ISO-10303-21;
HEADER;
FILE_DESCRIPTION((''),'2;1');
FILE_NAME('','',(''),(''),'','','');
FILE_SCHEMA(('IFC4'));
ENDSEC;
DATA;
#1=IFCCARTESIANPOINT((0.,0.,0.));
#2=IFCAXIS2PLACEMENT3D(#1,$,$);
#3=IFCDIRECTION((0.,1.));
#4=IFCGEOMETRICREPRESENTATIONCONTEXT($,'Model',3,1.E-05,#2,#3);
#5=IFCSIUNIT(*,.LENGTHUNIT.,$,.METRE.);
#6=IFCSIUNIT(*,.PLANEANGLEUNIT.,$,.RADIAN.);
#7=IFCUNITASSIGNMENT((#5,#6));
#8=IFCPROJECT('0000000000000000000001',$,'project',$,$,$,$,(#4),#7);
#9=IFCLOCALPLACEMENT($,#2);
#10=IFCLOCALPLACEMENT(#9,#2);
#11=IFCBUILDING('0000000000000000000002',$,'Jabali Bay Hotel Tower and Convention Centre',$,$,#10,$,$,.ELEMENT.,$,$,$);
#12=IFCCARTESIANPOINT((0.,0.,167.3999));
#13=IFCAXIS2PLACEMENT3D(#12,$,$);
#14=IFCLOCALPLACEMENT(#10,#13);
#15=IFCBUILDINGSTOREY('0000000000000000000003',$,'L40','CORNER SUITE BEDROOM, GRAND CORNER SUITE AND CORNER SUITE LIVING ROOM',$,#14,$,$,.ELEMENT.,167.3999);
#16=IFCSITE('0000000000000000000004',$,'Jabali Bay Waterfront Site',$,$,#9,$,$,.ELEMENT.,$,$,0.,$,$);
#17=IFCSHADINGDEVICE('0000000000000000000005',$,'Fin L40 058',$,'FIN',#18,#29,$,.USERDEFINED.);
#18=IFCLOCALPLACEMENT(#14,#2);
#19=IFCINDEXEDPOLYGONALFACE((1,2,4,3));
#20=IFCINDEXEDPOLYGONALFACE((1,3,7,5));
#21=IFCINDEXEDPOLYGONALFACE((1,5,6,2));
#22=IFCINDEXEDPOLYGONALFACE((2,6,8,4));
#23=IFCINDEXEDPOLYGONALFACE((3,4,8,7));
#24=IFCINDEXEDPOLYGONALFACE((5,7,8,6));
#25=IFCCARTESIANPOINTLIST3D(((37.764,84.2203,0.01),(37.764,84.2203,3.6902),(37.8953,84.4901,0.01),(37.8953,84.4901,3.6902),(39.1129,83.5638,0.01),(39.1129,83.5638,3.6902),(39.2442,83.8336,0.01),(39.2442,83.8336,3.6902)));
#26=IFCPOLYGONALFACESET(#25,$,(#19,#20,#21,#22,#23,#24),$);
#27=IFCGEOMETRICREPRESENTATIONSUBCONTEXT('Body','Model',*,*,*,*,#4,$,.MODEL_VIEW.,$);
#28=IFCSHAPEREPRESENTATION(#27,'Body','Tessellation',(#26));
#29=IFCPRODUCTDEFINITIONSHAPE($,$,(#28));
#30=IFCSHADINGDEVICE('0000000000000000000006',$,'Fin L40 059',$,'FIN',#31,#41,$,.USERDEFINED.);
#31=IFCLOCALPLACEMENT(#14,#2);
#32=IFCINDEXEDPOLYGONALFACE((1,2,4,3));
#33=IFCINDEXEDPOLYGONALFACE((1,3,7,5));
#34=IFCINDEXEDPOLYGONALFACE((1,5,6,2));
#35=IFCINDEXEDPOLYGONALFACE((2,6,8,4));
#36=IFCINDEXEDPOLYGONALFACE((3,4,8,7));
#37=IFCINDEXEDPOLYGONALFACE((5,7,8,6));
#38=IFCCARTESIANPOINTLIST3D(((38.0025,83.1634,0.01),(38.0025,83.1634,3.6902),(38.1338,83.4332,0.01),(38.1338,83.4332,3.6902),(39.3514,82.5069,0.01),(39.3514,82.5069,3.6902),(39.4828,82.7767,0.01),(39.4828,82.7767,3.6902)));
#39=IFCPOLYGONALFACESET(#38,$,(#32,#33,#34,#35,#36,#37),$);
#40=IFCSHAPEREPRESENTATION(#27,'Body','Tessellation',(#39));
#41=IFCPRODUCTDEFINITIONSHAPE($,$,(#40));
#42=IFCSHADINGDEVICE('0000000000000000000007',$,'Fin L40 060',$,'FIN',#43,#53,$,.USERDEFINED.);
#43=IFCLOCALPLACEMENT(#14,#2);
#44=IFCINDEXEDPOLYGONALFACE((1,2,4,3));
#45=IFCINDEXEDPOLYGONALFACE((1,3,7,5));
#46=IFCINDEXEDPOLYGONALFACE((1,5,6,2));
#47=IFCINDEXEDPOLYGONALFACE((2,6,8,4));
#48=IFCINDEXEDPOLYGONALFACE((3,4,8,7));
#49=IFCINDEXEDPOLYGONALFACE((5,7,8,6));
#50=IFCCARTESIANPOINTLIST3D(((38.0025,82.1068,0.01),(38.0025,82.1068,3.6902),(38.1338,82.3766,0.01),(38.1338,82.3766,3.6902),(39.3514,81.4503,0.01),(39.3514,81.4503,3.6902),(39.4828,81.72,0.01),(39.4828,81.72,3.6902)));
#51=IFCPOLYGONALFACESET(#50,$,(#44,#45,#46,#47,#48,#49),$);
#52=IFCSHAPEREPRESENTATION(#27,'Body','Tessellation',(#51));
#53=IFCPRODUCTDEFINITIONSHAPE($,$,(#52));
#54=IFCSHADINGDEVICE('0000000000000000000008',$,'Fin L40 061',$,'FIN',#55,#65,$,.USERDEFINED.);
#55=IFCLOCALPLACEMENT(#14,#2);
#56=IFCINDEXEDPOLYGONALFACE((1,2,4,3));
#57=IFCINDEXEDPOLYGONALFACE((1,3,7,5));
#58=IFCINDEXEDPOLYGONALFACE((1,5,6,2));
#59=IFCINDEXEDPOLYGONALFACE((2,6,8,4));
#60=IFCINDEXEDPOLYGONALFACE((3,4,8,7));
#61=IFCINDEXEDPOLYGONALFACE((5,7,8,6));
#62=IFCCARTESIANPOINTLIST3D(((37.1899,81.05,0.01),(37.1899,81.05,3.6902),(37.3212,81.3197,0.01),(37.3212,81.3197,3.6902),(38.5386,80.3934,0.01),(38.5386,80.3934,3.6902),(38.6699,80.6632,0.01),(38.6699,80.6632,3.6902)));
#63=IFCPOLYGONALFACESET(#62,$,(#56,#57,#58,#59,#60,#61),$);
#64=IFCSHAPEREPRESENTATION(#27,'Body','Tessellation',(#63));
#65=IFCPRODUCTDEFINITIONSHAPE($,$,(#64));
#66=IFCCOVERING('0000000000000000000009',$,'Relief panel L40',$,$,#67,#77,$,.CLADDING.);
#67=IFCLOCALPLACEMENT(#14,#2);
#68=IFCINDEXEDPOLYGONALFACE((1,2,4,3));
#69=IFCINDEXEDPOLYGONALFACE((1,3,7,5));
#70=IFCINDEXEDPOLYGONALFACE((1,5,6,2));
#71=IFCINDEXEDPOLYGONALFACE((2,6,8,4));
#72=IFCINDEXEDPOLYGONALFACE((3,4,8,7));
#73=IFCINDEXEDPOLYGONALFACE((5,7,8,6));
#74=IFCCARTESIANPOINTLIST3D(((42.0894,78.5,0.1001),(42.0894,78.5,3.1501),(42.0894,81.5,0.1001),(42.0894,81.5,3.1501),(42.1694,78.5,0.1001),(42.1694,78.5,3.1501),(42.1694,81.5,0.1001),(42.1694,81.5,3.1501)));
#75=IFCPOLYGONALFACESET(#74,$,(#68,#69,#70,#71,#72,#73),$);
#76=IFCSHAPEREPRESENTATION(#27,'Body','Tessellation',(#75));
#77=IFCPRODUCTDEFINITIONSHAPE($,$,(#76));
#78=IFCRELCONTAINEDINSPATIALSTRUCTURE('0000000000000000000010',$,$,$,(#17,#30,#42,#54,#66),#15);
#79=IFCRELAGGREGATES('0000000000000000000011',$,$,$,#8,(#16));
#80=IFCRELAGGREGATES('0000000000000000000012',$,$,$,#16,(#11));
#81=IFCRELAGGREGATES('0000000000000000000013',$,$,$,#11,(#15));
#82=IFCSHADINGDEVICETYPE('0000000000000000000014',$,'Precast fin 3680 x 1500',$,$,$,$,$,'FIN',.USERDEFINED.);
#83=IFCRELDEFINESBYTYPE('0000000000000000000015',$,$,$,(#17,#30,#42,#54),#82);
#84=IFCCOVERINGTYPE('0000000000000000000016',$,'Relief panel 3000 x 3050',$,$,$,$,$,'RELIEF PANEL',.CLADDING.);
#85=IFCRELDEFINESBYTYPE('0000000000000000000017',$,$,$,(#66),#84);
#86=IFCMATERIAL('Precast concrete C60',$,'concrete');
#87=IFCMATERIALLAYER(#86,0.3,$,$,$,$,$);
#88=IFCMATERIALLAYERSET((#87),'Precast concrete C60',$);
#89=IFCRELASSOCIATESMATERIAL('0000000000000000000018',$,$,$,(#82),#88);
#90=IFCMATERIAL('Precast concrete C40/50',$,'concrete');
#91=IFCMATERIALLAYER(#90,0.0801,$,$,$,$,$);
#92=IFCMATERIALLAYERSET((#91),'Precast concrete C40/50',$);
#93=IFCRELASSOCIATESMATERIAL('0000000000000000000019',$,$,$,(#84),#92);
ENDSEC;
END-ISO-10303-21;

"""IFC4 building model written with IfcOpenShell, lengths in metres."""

from ifc_helpers import new_model, si_unit, direction, frame, frame_2d, origin, origin_2d, place, context, subcontext, project, spatial, rectangle, extrude, material, layer, layer_set, type_object, element, save


model = new_model("IFC4")

# Units and contexts
model_context = context("Model", 3, precision=1e-05, world=origin(), true_north=direction((0.0, 1.0)))
body_context = subcontext(model_context, "Body", "Model", "MODEL_VIEW")
ifc_project = project(units=[si_unit("LENGTHUNIT", "METRE"), si_unit("PLANEANGLEUNIT", "RADIAN")], contexts=[model_context])

# Site, building, storey
site_placement = place(None, origin())
site = spatial("IfcSite", under=ifc_project, at=site_placement, Name="Jabali Bay Waterfront Site", CompositionType="ELEMENT", RefElevation=0.0)
building_placement = place(site_placement, origin())
building = spatial("IfcBuilding", under=site, at=building_placement, Name="Jabali Bay Hotel Tower and Convention Centre", CompositionType="ELEMENT")
storey_placement = place(building_placement, frame((0.0, 0.0, 167.3999)))
storey = spatial("IfcBuildingStorey", under=building, at=storey_placement, Name="L40", Description="CORNER SUITE BEDROOM, GRAND CORNER SUITE AND CORNER SUITE LIVING ROOM", CompositionType="ELEMENT", Elevation=167.3999)

# Shading devices
ifc_material_1 = material(Name="Precast concrete C60", Category="concrete")
ifc_layer_1 = layer(ifc_material_1, 0.3)
ifc_layer_set_1 = layer_set([ifc_layer_1], Name="Precast concrete C60")
shading_device_type_1 = type_object("IfcShadingDeviceType", Name="Precast fin 3680 x 1500", ElementType="FIN", PredefinedType="USERDEFINED", material=ifc_layer_set_1)
for number, where, z_axis, x_axis, name in (
    (1, (39.1785, 83.6987, 0.01), (0.0, 0.0, 1.0), (-0.899161, 0.437619, 0.0), "Fin L40 058"),
    (2, (39.417, 82.6418, 0.01), (0.0, 0.0, 1.0), (-0.899161, 0.437619, 0.0), "Fin L40 059"),
    (3, (39.417, 81.5852, 0.01), (0.0, 0.0, 1.0), (-0.899161, 0.437619, 0.0), "Fin L40 060"),
):
    element("IfcShadingDevice", number, at=place(storey_placement, frame(where, z_axis=z_axis, x_axis=x_axis)), inside=storey, type_object=shading_device_type_1, Name=name, ObjectType="FIN", PredefinedType="USERDEFINED", context=body_context, shape_type="SweptSolid", body=[
        extrude(rectangle(XDim=1.5002, YDim=0.3, at=frame_2d((0.75, 0.0))), origin(), (0.0, 0.0, 1.0), 3.6802),
    ])
shading_device_1_placement = place(storey_placement, frame((38.6042, 80.5283, 0.01), z_axis=(0.0, 0.0, 1.0), x_axis=(-0.899129, 0.437683, 0.0)))
element("IfcShadingDevice", 4, at=shading_device_1_placement, inside=storey, type_object=shading_device_type_1, Name="Fin L40 061", ObjectType="FIN", PredefinedType="USERDEFINED", context=body_context, shape_type="SweptSolid", body=[
    extrude(rectangle(XDim=1.5, YDim=0.3, at=frame_2d((0.75, 0.0))), origin(), (0.0, 0.0, 1.0), 3.6802),
])

# Covering
ifc_material_2 = material(Name="Precast concrete C40/50", Category="concrete")
ifc_layer_2 = layer(ifc_material_2, 0.0801)
ifc_layer_set_2 = layer_set([ifc_layer_2], Name="Precast concrete C40/50")
covering_type = type_object("IfcCoveringType", Name="Relief panel 3000 x 3050", ElementType="RELIEF PANEL", PredefinedType="CLADDING", material=ifc_layer_set_2)
covering_placement = place(storey_placement, frame((42.1294, 80.0, 0.1001), z_axis=(0.0, 0.0, 1.0), x_axis=(0.0, 1.0, 0.0)))
element("IfcCovering", 5, at=covering_placement, inside=storey, type_object=covering_type, Name="Relief panel L40", PredefinedType="CLADDING", context=body_context, shape_type="SweptSolid", body=[
    extrude(rectangle(XDim=3.0, YDim=0.0801, at=origin_2d()), origin(), (0.0, 0.0, 1.0), 3.05),
])

save(model, "model.ifc")
